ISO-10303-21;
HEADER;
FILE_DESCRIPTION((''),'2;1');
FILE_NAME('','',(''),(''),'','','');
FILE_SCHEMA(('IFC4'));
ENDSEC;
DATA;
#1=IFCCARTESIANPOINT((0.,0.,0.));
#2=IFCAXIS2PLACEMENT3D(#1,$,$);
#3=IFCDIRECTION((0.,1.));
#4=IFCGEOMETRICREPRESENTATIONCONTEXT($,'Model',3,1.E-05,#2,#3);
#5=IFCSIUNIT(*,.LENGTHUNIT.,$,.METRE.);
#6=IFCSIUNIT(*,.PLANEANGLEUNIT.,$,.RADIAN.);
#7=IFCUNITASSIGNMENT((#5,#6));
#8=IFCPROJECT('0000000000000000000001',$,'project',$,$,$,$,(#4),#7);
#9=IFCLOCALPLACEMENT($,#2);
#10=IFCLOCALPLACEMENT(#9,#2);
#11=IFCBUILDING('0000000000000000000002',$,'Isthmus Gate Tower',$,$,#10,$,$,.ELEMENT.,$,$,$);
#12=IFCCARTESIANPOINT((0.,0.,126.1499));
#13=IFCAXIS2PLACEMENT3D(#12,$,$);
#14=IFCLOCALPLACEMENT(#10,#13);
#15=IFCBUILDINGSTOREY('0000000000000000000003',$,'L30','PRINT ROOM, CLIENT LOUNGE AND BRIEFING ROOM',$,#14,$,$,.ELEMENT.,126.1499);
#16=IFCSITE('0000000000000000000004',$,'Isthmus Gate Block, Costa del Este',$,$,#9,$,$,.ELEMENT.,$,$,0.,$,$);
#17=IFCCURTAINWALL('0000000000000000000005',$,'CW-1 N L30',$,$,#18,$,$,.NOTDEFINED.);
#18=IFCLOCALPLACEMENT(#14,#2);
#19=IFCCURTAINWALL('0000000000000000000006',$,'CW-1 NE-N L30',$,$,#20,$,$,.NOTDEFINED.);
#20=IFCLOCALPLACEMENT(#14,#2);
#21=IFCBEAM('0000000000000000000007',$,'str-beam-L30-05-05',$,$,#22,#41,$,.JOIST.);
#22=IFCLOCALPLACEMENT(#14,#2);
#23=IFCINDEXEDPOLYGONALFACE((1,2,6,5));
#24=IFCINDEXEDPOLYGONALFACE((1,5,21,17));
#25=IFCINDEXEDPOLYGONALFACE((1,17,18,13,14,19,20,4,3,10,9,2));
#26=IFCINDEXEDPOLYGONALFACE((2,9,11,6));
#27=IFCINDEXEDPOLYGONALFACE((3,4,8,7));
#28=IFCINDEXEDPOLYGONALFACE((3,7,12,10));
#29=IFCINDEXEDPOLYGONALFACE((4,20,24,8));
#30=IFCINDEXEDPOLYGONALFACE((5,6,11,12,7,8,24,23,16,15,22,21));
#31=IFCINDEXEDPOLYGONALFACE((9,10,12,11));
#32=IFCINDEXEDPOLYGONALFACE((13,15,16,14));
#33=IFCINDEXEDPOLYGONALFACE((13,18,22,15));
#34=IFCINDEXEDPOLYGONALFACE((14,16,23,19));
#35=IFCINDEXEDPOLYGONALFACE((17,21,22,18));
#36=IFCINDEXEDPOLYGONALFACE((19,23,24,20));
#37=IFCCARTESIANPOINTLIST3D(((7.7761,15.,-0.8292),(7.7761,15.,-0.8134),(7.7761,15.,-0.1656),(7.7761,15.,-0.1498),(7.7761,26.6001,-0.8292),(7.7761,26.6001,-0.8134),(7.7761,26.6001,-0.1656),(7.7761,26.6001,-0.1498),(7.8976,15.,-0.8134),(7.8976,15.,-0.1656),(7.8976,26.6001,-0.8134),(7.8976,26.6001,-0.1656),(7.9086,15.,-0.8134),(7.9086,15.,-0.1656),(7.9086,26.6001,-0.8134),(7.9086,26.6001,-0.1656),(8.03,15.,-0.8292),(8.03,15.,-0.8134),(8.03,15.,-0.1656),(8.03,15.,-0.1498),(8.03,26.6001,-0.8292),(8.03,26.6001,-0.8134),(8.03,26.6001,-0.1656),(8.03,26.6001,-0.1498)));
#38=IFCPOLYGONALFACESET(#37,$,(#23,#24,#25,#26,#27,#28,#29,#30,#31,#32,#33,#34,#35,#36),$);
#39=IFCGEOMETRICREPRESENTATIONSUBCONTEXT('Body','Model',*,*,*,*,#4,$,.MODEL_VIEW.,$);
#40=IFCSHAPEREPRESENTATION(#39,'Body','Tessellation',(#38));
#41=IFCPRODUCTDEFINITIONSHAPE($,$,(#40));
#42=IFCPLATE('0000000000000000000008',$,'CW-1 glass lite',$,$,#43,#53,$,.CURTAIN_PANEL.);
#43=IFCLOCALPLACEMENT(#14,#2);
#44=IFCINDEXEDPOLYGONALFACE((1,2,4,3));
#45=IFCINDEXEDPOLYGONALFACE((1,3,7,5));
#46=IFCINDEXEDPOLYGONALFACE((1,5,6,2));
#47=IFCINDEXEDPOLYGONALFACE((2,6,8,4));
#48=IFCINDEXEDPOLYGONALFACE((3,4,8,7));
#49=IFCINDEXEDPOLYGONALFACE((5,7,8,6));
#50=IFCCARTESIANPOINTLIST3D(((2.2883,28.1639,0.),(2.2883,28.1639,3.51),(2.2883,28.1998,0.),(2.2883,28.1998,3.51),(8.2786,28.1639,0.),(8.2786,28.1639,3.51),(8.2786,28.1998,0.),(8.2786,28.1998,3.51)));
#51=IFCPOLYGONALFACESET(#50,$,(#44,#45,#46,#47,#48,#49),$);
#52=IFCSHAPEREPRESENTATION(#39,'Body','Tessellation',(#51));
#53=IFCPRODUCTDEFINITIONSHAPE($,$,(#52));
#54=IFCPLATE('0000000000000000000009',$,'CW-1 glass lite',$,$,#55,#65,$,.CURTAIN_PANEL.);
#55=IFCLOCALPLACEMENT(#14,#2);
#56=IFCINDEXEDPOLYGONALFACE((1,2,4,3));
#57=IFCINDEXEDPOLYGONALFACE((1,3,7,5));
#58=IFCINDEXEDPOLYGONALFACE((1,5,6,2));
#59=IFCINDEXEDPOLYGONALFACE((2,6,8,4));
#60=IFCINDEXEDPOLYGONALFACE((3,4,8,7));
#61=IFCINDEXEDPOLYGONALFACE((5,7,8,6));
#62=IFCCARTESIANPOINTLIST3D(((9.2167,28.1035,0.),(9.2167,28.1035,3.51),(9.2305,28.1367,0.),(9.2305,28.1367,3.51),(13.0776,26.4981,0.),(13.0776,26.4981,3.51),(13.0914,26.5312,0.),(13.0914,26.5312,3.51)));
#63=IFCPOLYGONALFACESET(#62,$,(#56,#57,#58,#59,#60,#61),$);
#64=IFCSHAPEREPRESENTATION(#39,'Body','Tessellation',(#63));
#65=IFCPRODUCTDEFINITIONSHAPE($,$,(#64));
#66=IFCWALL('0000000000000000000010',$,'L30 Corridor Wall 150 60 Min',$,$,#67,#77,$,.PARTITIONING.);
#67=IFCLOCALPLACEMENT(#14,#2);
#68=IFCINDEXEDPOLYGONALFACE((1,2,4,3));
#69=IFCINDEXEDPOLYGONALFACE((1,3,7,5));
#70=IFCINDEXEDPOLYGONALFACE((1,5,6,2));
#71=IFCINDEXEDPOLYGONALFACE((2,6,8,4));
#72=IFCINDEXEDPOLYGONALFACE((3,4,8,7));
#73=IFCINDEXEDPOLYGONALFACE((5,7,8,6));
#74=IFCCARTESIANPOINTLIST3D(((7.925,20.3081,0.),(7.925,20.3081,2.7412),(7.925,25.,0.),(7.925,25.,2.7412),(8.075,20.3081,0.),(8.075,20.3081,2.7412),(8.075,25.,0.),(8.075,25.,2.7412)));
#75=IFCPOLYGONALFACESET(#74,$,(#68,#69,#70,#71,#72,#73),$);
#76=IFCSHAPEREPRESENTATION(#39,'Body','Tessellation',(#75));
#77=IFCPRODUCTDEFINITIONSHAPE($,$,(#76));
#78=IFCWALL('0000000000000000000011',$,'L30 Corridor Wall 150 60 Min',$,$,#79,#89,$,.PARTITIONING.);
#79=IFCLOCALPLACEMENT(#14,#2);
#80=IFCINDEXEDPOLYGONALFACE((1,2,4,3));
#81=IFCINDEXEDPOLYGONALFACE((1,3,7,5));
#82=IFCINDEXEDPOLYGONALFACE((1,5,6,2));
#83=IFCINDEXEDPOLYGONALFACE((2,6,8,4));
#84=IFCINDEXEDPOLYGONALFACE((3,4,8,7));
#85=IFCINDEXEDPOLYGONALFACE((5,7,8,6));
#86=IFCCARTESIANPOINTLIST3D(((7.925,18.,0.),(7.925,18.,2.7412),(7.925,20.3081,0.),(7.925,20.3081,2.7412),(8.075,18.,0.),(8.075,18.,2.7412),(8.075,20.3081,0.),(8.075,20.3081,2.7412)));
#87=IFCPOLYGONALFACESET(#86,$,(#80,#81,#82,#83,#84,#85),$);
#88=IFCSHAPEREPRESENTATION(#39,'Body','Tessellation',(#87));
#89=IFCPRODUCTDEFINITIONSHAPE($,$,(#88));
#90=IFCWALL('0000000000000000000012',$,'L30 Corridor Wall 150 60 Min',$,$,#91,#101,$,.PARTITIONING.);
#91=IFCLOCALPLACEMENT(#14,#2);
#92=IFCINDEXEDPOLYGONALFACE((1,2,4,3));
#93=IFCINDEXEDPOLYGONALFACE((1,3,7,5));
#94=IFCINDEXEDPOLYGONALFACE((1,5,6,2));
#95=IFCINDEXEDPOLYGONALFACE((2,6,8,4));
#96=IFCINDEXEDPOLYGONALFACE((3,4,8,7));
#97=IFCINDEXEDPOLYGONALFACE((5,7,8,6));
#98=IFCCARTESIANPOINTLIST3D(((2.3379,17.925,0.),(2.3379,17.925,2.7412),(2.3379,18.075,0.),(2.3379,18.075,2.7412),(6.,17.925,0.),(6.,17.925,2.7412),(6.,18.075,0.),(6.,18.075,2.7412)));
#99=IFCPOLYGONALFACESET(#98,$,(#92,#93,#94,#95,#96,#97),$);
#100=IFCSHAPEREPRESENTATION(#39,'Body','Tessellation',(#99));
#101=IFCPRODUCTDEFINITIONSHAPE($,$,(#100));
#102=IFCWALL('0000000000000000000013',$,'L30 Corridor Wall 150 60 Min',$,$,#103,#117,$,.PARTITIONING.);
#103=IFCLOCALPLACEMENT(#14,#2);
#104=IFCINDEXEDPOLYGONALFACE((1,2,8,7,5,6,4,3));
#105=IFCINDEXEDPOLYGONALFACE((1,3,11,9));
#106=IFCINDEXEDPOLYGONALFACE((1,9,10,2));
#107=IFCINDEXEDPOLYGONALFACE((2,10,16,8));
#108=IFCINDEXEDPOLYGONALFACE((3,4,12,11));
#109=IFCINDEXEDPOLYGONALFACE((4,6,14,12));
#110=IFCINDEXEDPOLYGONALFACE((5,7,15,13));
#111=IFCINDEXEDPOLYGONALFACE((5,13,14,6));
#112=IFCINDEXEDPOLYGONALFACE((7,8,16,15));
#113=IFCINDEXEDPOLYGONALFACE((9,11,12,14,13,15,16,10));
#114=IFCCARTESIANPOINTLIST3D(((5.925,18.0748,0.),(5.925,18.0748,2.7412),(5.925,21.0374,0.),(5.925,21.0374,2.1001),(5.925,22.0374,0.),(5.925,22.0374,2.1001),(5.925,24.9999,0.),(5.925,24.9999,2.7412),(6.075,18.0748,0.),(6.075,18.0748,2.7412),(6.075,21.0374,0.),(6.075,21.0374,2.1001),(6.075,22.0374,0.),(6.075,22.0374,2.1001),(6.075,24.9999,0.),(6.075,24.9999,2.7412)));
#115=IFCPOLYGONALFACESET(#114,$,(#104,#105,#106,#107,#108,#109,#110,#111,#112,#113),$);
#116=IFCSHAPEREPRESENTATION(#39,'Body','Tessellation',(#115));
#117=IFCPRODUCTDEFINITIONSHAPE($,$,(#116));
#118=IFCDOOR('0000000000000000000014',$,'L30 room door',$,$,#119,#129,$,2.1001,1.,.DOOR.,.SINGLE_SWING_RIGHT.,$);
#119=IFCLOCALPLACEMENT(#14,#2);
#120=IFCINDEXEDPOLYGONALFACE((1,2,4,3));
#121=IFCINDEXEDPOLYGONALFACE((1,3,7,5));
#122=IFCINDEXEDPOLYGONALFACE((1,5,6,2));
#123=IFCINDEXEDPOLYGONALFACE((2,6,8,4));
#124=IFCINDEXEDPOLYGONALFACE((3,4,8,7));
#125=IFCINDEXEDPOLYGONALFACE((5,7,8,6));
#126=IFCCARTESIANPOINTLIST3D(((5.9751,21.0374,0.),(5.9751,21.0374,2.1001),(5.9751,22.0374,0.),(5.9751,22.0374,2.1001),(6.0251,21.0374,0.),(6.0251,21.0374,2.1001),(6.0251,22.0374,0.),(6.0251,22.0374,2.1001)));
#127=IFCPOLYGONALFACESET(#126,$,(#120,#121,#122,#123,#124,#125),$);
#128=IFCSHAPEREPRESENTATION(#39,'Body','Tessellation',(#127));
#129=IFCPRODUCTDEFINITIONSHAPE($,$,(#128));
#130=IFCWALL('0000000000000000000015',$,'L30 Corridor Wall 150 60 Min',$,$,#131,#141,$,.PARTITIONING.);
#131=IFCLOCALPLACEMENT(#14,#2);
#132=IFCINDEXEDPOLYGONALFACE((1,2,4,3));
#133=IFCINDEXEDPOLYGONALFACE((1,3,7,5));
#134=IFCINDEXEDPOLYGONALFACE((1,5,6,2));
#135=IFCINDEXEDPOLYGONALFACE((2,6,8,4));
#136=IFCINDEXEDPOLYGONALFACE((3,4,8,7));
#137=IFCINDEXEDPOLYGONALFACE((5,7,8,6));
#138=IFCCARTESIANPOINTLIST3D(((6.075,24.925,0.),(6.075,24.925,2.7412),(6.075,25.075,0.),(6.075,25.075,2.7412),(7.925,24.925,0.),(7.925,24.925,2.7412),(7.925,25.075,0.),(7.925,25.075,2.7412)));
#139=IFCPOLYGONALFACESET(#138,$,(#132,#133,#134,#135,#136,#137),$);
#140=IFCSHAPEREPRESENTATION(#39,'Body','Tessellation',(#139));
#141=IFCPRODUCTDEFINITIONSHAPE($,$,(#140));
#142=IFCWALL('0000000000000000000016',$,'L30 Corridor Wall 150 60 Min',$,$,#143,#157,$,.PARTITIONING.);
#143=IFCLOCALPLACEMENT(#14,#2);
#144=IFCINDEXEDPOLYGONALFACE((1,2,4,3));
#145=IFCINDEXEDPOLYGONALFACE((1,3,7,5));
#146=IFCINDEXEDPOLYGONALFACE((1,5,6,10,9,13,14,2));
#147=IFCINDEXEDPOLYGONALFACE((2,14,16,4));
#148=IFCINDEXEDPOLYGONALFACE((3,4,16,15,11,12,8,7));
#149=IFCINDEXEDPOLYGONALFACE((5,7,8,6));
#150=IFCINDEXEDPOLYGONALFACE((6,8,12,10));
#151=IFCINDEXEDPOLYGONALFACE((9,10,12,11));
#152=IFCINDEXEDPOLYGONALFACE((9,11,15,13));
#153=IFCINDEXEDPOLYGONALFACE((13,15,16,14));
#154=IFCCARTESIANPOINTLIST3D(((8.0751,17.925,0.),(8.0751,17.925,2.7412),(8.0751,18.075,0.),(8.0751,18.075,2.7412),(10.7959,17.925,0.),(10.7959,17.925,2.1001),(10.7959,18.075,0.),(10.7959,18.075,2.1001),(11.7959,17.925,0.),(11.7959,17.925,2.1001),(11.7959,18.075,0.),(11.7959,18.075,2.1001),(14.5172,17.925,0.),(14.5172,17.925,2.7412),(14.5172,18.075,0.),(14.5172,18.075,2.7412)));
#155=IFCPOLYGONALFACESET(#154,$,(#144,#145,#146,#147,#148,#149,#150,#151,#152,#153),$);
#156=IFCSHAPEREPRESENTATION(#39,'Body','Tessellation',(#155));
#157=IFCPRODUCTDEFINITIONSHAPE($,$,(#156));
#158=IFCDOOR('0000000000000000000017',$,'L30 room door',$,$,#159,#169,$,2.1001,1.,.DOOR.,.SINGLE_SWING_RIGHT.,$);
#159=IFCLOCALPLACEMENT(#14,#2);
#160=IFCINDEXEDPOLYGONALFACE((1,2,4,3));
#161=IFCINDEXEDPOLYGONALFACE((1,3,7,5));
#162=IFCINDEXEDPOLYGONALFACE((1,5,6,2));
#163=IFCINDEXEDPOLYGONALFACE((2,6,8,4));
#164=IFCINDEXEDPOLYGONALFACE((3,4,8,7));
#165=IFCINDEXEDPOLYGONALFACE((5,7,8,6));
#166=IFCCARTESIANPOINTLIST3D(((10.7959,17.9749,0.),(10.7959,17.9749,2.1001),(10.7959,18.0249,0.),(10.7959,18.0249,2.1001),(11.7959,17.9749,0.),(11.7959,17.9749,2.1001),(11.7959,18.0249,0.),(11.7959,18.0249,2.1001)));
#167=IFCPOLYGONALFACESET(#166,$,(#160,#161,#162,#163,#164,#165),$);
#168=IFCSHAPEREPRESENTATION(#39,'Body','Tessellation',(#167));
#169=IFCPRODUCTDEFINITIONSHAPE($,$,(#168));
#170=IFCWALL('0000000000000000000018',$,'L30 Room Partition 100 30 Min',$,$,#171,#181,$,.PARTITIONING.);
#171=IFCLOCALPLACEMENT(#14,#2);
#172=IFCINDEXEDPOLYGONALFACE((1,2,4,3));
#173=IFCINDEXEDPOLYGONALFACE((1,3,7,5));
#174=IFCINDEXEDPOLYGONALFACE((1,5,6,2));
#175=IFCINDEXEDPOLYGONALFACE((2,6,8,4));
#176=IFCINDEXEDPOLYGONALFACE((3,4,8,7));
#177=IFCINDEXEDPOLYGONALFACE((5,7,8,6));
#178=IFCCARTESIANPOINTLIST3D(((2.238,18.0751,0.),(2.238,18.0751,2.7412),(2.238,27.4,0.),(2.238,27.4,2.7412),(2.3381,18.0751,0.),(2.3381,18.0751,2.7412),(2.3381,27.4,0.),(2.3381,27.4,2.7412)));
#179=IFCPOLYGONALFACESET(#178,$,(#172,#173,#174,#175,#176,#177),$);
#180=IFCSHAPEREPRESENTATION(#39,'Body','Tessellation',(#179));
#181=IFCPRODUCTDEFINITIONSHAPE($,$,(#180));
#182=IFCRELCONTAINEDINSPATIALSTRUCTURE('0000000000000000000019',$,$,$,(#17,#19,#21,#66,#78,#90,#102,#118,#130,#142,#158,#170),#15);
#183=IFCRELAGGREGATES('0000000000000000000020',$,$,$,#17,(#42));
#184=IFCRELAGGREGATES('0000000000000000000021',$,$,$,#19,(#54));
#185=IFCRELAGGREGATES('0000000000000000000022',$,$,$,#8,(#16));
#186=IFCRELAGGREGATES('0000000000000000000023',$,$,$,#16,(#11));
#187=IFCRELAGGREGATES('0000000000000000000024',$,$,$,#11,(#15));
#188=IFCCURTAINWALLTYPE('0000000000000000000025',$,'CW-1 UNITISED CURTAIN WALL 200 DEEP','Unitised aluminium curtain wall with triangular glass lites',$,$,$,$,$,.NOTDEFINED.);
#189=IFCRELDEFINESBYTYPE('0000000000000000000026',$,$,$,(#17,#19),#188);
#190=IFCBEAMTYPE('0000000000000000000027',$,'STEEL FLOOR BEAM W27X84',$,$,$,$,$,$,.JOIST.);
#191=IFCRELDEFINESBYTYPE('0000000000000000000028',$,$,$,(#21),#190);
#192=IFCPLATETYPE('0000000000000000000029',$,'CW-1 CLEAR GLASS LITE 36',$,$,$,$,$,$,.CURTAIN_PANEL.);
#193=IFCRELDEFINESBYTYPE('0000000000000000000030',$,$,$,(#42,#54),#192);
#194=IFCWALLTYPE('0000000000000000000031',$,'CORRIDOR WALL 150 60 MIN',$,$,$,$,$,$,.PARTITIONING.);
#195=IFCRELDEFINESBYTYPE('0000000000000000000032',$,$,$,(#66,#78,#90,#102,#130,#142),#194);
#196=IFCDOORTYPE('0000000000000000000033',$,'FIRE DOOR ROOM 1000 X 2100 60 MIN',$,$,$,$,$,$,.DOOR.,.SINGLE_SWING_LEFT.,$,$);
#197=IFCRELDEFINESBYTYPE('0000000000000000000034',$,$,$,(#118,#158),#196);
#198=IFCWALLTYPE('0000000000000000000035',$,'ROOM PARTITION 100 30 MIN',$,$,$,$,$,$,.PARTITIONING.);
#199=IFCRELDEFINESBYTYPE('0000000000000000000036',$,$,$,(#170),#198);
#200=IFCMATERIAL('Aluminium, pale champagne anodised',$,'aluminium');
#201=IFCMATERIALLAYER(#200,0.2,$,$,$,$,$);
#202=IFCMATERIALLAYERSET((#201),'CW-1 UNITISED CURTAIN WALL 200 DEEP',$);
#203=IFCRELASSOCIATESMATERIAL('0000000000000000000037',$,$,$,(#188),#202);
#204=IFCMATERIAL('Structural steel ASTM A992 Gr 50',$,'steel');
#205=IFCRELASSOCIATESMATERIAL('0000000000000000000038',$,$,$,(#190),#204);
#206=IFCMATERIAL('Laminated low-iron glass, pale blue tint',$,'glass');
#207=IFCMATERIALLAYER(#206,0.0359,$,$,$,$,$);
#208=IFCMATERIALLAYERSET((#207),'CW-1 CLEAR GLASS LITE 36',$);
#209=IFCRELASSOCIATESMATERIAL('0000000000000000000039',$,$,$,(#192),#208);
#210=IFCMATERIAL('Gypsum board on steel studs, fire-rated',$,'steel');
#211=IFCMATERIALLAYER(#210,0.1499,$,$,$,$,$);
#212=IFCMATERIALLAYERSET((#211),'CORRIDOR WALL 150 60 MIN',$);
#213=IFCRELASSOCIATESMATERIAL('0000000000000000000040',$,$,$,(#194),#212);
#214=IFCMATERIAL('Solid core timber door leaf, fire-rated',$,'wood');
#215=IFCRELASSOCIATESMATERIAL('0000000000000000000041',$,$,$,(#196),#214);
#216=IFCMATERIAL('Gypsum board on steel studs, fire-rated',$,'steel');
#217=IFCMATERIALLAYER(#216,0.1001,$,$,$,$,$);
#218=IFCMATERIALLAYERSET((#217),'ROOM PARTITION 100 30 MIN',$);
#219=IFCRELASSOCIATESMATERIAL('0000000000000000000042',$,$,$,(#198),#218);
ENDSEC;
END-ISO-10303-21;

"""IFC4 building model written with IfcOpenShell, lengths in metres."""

from ifc_helpers import new_model, si_unit, direction, frame, frame_2d, origin, origin_2d, place, context, subcontext, project, spatial, rectangle, i_section, extrude, material, layer, layer_set, material_profile, profile_set, type_object, element, fill, aggregate, save


model = new_model("IFC4")

# Units and contexts
model_context = context("Model", 3, precision=1e-05, world=origin(), true_north=direction((0.0, 1.0)))
body_context = subcontext(model_context, "Body", "Model", "MODEL_VIEW")
ifc_project = project(units=[si_unit("LENGTHUNIT", "METRE"), si_unit("PLANEANGLEUNIT", "RADIAN")], contexts=[model_context])

# Site, building, storey
site_placement = place(None, origin())
site = spatial("IfcSite", under=ifc_project, at=site_placement, Name="Isthmus Gate Block, Costa del Este", CompositionType="ELEMENT", RefElevation=0.0)
building_placement = place(site_placement, origin())
building = spatial("IfcBuilding", under=site, at=building_placement, Name="Isthmus Gate Tower", CompositionType="ELEMENT")
storey_placement = place(building_placement, frame((0.0, 0.0, 126.1499)))
storey = spatial("IfcBuildingStorey", under=building, at=storey_placement, Name="L30", Description="PRINT ROOM, CLIENT LOUNGE AND BRIEFING ROOM", CompositionType="ELEMENT", Elevation=126.1499)

# Curtain walls
ifc_material_1 = material(Name="Aluminium, pale champagne anodised", Category="aluminium")
ifc_layer_1 = layer(ifc_material_1, 0.2)
ifc_layer_set_1 = layer_set([ifc_layer_1], Name="CW-1 UNITISED CURTAIN WALL 200 DEEP")
curtain_wall_type = type_object("IfcCurtainWallType", Name="CW-1 UNITISED CURTAIN WALL 200 DEEP", Description="Unitised aluminium curtain wall with triangular glass lites", PredefinedType="NOTDEFINED", material=ifc_layer_set_1)
curtain_wall_1_placement = place(storey_placement, origin())
curtain_wall_1 = element("IfcCurtainWall", 1, at=curtain_wall_1_placement, inside=storey, type_object=curtain_wall_type, Name="CW-1 N L30", PredefinedType="NOTDEFINED")
curtain_wall_2_placement = place(storey_placement, origin())
curtain_wall_2 = element("IfcCurtainWall", 2, at=curtain_wall_2_placement, inside=storey, type_object=curtain_wall_type, Name="CW-1 NE-N L30", PredefinedType="NOTDEFINED")

# Beam
ifc_material_2 = material(Name="Structural steel ASTM A992 Gr 50", Category="steel")
ifc_material_profile_1 = material_profile(ifc_material_2, i_section(OverallWidth=0.2539, OverallDepth=0.6794, WebThickness=0.011, FlangeThickness=0.0159, at=origin_2d()), Name="W27X84")
ifc_profile_set_1 = profile_set([ifc_material_profile_1], Name="Structural steel ASTM A992 Gr 50")
beam_type_1 = type_object("IfcBeamType", Name="STEEL FLOOR BEAM W27X84", PredefinedType="JOIST", material=ifc_profile_set_1)
beam_1_placement = place(storey_placement, frame((7.9031, 15.0, -0.4895), z_axis=(0.0, 1.0, 0.0), x_axis=(-1.0, 0.0, 0.0)))
element("IfcBeam", 3, at=beam_1_placement, inside=storey, type_object=beam_type_1, Name="str-beam-L30-05-05", PredefinedType="JOIST", context=body_context, shape_type="SweptSolid", body=[
    extrude(i_section(OverallWidth=0.2539, OverallDepth=0.6794, WebThickness=0.011, FlangeThickness=0.0159, at=origin_2d()), origin(), (0.0, 0.0, 1.0), 11.6001),
])

# Plates
ifc_material_3 = material(Name="Laminated low-iron glass, pale blue tint", Category="glass")
ifc_layer_2 = layer(ifc_material_3, 0.0359)
ifc_layer_set_2 = layer_set([ifc_layer_2], Name="CW-1 CLEAR GLASS LITE 36")
plate_type = type_object("IfcPlateType", Name="CW-1 CLEAR GLASS LITE 36", PredefinedType="CURTAIN_PANEL", material=ifc_layer_set_2)
plate_1_placement = place(storey_placement, frame((5.2834, 28.1819, 0.0), z_axis=(0.0, 0.0, 1.0), x_axis=(-1.0, 0.0, 0.0)))
plate_1 = element("IfcPlate", 4, at=plate_1_placement, type_object=plate_type, Name="CW-1 glass lite", PredefinedType="CURTAIN_PANEL", context=body_context, shape_type="SweptSolid", body=[
    extrude(rectangle(XDim=5.9902, YDim=0.0359, at=origin_2d()), origin(), (0.0, 0.0, 1.0), 3.51),
])
aggregate(curtain_wall_1, [plate_1])
plate_2_placement = place(storey_placement, frame((11.1541, 27.3174, 0.0), z_axis=(0.0, 0.0, 1.0), x_axis=(-0.923353, 0.383952, 0.0)))
plate_2 = element("IfcPlate", 5, at=plate_2_placement, type_object=plate_type, Name="CW-1 glass lite", PredefinedType="CURTAIN_PANEL", context=body_context, shape_type="SweptSolid", body=[
    extrude(rectangle(XDim=4.1814, YDim=0.0359, at=origin_2d()), origin(), (0.0, 0.0, 1.0), 3.51),
])
aggregate(curtain_wall_2, [plate_2])

# Walls
ifc_material_4 = material(Name="Gypsum board on steel studs, fire-rated", Category="steel")
ifc_layer_3 = layer(ifc_material_4, 0.1499)
ifc_layer_set_3 = layer_set([ifc_layer_3], Name="CORRIDOR WALL 150 60 MIN")
wall_type_1 = type_object("IfcWallType", Name="CORRIDOR WALL 150 60 MIN", PredefinedType="PARTITIONING", material=ifc_layer_set_3)
wall_1_placement = place(storey_placement, frame((8.0, 25.0, 0.0), z_axis=(0.0, 0.0, 1.0), x_axis=(0.0, -1.0, 0.0)))
element("IfcWall", 6, at=wall_1_placement, inside=storey, type_object=wall_type_1, Name="L30 Corridor Wall 150 60 Min", PredefinedType="PARTITIONING", context=body_context, shape_type="SweptSolid", body=[
    extrude(rectangle(XDim=4.6919, YDim=0.1499, at=frame_2d((2.3459, 0.0))), origin(), (0.0, 0.0, 1.0), 2.7412),
])
wall_2_placement = place(storey_placement, frame((8.0, 20.3081, 0.0), z_axis=(0.0, 0.0, 1.0), x_axis=(0.0, -1.0, 0.0)))
element("IfcWall", 7, at=wall_2_placement, inside=storey, type_object=wall_type_1, Name="L30 Corridor Wall 150 60 Min", PredefinedType="PARTITIONING", context=body_context, shape_type="SweptSolid", body=[
    extrude(rectangle(XDim=2.3081, YDim=0.1499, at=frame_2d((1.1541, 0.0))), origin(), (0.0, 0.0, 1.0), 2.7412),
])
wall_3_placement = place(storey_placement, frame((2.3379, 18.0, 0.0), z_axis=(0.0, 0.0, 1.0), x_axis=(1.0, 0.0, 0.0)))
element("IfcWall", 8, at=wall_3_placement, inside=storey, type_object=wall_type_1, Name="L30 Corridor Wall 150 60 Min", PredefinedType="PARTITIONING", context=body_context, shape_type="SweptSolid", body=[
    extrude(rectangle(XDim=3.6621, YDim=0.1499, at=frame_2d((1.8311, 0.0))), origin(), (0.0, 0.0, 1.0), 2.7412),
])

# Wall, opening, door
wall_4_placement = place(storey_placement, frame((6.0, 18.075, 0.0), z_axis=(0.0, 0.0, 1.0), x_axis=(0.0, 1.0, 0.0)))
wall_4 = element("IfcWall", 9, at=wall_4_placement, inside=storey, type_object=wall_type_1, Name="L30 Corridor Wall 150 60 Min", PredefinedType="PARTITIONING", context=body_context, shape_type="SweptSolid", body=[
    extrude(rectangle(XDim=6.925, YDim=0.1499, at=frame_2d((3.4624, 0.0))), origin(), (0.0, 0.0, 1.0), 2.7412),
])
opening_1_placement = place(wall_4_placement, frame((2.9624, 0.0, 0.0)))
opening_1 = element("IfcOpeningElement", 10, at=opening_1_placement, cuts=wall_4, PredefinedType="OPENING", context=body_context, shape_type="SweptSolid", body=[
    extrude(rectangle(XDim=1.0, YDim=2.1001, at=frame_2d((0.5, 1.05))), frame((0.0, 0.085, 0.0), z_axis=(0.0, -1.0, 0.0), x_axis=(1.0, 0.0, 0.0)), (0.0, 0.0, 1.0), 0.1699),
])
ifc_material_5 = material(Name="Solid core timber door leaf, fire-rated", Category="wood")
door_type = type_object("IfcDoorType", Name="FIRE DOOR ROOM 1000 X 2100 60 MIN", OperationType="SINGLE_SWING_LEFT", PredefinedType="DOOR", material=ifc_material_5)
door_1_placement = place(opening_1_placement, origin())
door_1 = element("IfcDoor", 11, at=door_1_placement, inside=storey, type_object=door_type, Name="L30 room door", OperationType="SINGLE_SWING_RIGHT", OverallHeight=2.1001, OverallWidth=1.0, PredefinedType="DOOR", context=body_context, shape_type="SweptSolid", body=[
    extrude(rectangle(XDim=1.0, YDim=2.1001, at=frame_2d((0.5, 1.05))), frame((0.0, 0.0249, 0.0), z_axis=(0.0, -1.0, 0.0), x_axis=(1.0, 0.0, 0.0)), (0.0, 0.0, 1.0), 0.05),
])
fill(opening_1, door_1)

# Wall
wall_5_placement = place(storey_placement, frame((6.075, 25.0, 0.0), z_axis=(0.0, 0.0, 1.0), x_axis=(1.0, 0.0, 0.0)))
element("IfcWall", 12, at=wall_5_placement, inside=storey, type_object=wall_type_1, Name="L30 Corridor Wall 150 60 Min", PredefinedType="PARTITIONING", context=body_context, shape_type="SweptSolid", body=[
    extrude(rectangle(XDim=1.8501, YDim=0.1499, at=frame_2d((0.925, 0.0))), origin(), (0.0, 0.0, 1.0), 2.7412),
])

# Wall, opening, door
wall_6_placement = place(storey_placement, frame((8.075, 18.0, 0.0), z_axis=(0.0, 0.0, 1.0), x_axis=(1.0, 0.0, 0.0)))
wall_6 = element("IfcWall", 13, at=wall_6_placement, inside=storey, type_object=wall_type_1, Name="L30 Corridor Wall 150 60 Min", PredefinedType="PARTITIONING", context=body_context, shape_type="SweptSolid", body=[
    extrude(rectangle(XDim=6.4421, YDim=0.1499, at=frame_2d((3.2212, 0.0))), origin(), (0.0, 0.0, 1.0), 2.7412),
])
opening_2_placement = place(wall_6_placement, frame((2.7209, 0.0, 0.0)))
opening_2 = element("IfcOpeningElement", 14, at=opening_2_placement, cuts=wall_6, PredefinedType="OPENING", context=body_context, shape_type="SweptSolid", body=[
    extrude(rectangle(XDim=1.0, YDim=2.1001, at=frame_2d((0.5, 1.05))), frame((0.0, 0.085, 0.0), z_axis=(0.0, -1.0, 0.0), x_axis=(1.0, 0.0, 0.0)), (0.0, 0.0, 1.0), 0.1699),
])
door_2_placement = place(opening_2_placement, origin())
door_2 = element("IfcDoor", 15, at=door_2_placement, inside=storey, type_object=door_type, Name="L30 room door", OperationType="SINGLE_SWING_RIGHT", OverallHeight=2.1001, OverallWidth=1.0, PredefinedType="DOOR", context=body_context, shape_type="SweptSolid", body=[
    extrude(rectangle(XDim=1.0, YDim=2.1001, at=frame_2d((0.5, 1.05))), frame((0.0, 0.0249, 0.0), z_axis=(0.0, -1.0, 0.0), x_axis=(1.0, 0.0, 0.0)), (0.0, 0.0, 1.0), 0.05),
])
fill(opening_2, door_2)

# Wall
ifc_material_6 = material(Name="Gypsum board on steel studs, fire-rated", Category="steel")
ifc_layer_4 = layer(ifc_material_6, 0.1001)
ifc_layer_set_4 = layer_set([ifc_layer_4], Name="ROOM PARTITION 100 30 MIN")
wall_type_2 = type_object("IfcWallType", Name="ROOM PARTITION 100 30 MIN", PredefinedType="PARTITIONING", material=ifc_layer_set_4)
wall_7_placement = place(storey_placement, frame((2.2881, 18.075, 0.0), z_axis=(0.0, 0.0, 1.0), x_axis=(0.0, 1.0, 0.0)))
element("IfcWall", 16, at=wall_7_placement, inside=storey, type_object=wall_type_2, Name="L30 Room Partition 100 30 Min", PredefinedType="PARTITIONING", context=body_context, shape_type="SweptSolid", body=[
    extrude(rectangle(XDim=9.325, YDim=0.1001, at=frame_2d((4.6626, 0.0))), origin(), (0.0, 0.0, 1.0), 2.7412),
])

save(model, "model.ifc")
